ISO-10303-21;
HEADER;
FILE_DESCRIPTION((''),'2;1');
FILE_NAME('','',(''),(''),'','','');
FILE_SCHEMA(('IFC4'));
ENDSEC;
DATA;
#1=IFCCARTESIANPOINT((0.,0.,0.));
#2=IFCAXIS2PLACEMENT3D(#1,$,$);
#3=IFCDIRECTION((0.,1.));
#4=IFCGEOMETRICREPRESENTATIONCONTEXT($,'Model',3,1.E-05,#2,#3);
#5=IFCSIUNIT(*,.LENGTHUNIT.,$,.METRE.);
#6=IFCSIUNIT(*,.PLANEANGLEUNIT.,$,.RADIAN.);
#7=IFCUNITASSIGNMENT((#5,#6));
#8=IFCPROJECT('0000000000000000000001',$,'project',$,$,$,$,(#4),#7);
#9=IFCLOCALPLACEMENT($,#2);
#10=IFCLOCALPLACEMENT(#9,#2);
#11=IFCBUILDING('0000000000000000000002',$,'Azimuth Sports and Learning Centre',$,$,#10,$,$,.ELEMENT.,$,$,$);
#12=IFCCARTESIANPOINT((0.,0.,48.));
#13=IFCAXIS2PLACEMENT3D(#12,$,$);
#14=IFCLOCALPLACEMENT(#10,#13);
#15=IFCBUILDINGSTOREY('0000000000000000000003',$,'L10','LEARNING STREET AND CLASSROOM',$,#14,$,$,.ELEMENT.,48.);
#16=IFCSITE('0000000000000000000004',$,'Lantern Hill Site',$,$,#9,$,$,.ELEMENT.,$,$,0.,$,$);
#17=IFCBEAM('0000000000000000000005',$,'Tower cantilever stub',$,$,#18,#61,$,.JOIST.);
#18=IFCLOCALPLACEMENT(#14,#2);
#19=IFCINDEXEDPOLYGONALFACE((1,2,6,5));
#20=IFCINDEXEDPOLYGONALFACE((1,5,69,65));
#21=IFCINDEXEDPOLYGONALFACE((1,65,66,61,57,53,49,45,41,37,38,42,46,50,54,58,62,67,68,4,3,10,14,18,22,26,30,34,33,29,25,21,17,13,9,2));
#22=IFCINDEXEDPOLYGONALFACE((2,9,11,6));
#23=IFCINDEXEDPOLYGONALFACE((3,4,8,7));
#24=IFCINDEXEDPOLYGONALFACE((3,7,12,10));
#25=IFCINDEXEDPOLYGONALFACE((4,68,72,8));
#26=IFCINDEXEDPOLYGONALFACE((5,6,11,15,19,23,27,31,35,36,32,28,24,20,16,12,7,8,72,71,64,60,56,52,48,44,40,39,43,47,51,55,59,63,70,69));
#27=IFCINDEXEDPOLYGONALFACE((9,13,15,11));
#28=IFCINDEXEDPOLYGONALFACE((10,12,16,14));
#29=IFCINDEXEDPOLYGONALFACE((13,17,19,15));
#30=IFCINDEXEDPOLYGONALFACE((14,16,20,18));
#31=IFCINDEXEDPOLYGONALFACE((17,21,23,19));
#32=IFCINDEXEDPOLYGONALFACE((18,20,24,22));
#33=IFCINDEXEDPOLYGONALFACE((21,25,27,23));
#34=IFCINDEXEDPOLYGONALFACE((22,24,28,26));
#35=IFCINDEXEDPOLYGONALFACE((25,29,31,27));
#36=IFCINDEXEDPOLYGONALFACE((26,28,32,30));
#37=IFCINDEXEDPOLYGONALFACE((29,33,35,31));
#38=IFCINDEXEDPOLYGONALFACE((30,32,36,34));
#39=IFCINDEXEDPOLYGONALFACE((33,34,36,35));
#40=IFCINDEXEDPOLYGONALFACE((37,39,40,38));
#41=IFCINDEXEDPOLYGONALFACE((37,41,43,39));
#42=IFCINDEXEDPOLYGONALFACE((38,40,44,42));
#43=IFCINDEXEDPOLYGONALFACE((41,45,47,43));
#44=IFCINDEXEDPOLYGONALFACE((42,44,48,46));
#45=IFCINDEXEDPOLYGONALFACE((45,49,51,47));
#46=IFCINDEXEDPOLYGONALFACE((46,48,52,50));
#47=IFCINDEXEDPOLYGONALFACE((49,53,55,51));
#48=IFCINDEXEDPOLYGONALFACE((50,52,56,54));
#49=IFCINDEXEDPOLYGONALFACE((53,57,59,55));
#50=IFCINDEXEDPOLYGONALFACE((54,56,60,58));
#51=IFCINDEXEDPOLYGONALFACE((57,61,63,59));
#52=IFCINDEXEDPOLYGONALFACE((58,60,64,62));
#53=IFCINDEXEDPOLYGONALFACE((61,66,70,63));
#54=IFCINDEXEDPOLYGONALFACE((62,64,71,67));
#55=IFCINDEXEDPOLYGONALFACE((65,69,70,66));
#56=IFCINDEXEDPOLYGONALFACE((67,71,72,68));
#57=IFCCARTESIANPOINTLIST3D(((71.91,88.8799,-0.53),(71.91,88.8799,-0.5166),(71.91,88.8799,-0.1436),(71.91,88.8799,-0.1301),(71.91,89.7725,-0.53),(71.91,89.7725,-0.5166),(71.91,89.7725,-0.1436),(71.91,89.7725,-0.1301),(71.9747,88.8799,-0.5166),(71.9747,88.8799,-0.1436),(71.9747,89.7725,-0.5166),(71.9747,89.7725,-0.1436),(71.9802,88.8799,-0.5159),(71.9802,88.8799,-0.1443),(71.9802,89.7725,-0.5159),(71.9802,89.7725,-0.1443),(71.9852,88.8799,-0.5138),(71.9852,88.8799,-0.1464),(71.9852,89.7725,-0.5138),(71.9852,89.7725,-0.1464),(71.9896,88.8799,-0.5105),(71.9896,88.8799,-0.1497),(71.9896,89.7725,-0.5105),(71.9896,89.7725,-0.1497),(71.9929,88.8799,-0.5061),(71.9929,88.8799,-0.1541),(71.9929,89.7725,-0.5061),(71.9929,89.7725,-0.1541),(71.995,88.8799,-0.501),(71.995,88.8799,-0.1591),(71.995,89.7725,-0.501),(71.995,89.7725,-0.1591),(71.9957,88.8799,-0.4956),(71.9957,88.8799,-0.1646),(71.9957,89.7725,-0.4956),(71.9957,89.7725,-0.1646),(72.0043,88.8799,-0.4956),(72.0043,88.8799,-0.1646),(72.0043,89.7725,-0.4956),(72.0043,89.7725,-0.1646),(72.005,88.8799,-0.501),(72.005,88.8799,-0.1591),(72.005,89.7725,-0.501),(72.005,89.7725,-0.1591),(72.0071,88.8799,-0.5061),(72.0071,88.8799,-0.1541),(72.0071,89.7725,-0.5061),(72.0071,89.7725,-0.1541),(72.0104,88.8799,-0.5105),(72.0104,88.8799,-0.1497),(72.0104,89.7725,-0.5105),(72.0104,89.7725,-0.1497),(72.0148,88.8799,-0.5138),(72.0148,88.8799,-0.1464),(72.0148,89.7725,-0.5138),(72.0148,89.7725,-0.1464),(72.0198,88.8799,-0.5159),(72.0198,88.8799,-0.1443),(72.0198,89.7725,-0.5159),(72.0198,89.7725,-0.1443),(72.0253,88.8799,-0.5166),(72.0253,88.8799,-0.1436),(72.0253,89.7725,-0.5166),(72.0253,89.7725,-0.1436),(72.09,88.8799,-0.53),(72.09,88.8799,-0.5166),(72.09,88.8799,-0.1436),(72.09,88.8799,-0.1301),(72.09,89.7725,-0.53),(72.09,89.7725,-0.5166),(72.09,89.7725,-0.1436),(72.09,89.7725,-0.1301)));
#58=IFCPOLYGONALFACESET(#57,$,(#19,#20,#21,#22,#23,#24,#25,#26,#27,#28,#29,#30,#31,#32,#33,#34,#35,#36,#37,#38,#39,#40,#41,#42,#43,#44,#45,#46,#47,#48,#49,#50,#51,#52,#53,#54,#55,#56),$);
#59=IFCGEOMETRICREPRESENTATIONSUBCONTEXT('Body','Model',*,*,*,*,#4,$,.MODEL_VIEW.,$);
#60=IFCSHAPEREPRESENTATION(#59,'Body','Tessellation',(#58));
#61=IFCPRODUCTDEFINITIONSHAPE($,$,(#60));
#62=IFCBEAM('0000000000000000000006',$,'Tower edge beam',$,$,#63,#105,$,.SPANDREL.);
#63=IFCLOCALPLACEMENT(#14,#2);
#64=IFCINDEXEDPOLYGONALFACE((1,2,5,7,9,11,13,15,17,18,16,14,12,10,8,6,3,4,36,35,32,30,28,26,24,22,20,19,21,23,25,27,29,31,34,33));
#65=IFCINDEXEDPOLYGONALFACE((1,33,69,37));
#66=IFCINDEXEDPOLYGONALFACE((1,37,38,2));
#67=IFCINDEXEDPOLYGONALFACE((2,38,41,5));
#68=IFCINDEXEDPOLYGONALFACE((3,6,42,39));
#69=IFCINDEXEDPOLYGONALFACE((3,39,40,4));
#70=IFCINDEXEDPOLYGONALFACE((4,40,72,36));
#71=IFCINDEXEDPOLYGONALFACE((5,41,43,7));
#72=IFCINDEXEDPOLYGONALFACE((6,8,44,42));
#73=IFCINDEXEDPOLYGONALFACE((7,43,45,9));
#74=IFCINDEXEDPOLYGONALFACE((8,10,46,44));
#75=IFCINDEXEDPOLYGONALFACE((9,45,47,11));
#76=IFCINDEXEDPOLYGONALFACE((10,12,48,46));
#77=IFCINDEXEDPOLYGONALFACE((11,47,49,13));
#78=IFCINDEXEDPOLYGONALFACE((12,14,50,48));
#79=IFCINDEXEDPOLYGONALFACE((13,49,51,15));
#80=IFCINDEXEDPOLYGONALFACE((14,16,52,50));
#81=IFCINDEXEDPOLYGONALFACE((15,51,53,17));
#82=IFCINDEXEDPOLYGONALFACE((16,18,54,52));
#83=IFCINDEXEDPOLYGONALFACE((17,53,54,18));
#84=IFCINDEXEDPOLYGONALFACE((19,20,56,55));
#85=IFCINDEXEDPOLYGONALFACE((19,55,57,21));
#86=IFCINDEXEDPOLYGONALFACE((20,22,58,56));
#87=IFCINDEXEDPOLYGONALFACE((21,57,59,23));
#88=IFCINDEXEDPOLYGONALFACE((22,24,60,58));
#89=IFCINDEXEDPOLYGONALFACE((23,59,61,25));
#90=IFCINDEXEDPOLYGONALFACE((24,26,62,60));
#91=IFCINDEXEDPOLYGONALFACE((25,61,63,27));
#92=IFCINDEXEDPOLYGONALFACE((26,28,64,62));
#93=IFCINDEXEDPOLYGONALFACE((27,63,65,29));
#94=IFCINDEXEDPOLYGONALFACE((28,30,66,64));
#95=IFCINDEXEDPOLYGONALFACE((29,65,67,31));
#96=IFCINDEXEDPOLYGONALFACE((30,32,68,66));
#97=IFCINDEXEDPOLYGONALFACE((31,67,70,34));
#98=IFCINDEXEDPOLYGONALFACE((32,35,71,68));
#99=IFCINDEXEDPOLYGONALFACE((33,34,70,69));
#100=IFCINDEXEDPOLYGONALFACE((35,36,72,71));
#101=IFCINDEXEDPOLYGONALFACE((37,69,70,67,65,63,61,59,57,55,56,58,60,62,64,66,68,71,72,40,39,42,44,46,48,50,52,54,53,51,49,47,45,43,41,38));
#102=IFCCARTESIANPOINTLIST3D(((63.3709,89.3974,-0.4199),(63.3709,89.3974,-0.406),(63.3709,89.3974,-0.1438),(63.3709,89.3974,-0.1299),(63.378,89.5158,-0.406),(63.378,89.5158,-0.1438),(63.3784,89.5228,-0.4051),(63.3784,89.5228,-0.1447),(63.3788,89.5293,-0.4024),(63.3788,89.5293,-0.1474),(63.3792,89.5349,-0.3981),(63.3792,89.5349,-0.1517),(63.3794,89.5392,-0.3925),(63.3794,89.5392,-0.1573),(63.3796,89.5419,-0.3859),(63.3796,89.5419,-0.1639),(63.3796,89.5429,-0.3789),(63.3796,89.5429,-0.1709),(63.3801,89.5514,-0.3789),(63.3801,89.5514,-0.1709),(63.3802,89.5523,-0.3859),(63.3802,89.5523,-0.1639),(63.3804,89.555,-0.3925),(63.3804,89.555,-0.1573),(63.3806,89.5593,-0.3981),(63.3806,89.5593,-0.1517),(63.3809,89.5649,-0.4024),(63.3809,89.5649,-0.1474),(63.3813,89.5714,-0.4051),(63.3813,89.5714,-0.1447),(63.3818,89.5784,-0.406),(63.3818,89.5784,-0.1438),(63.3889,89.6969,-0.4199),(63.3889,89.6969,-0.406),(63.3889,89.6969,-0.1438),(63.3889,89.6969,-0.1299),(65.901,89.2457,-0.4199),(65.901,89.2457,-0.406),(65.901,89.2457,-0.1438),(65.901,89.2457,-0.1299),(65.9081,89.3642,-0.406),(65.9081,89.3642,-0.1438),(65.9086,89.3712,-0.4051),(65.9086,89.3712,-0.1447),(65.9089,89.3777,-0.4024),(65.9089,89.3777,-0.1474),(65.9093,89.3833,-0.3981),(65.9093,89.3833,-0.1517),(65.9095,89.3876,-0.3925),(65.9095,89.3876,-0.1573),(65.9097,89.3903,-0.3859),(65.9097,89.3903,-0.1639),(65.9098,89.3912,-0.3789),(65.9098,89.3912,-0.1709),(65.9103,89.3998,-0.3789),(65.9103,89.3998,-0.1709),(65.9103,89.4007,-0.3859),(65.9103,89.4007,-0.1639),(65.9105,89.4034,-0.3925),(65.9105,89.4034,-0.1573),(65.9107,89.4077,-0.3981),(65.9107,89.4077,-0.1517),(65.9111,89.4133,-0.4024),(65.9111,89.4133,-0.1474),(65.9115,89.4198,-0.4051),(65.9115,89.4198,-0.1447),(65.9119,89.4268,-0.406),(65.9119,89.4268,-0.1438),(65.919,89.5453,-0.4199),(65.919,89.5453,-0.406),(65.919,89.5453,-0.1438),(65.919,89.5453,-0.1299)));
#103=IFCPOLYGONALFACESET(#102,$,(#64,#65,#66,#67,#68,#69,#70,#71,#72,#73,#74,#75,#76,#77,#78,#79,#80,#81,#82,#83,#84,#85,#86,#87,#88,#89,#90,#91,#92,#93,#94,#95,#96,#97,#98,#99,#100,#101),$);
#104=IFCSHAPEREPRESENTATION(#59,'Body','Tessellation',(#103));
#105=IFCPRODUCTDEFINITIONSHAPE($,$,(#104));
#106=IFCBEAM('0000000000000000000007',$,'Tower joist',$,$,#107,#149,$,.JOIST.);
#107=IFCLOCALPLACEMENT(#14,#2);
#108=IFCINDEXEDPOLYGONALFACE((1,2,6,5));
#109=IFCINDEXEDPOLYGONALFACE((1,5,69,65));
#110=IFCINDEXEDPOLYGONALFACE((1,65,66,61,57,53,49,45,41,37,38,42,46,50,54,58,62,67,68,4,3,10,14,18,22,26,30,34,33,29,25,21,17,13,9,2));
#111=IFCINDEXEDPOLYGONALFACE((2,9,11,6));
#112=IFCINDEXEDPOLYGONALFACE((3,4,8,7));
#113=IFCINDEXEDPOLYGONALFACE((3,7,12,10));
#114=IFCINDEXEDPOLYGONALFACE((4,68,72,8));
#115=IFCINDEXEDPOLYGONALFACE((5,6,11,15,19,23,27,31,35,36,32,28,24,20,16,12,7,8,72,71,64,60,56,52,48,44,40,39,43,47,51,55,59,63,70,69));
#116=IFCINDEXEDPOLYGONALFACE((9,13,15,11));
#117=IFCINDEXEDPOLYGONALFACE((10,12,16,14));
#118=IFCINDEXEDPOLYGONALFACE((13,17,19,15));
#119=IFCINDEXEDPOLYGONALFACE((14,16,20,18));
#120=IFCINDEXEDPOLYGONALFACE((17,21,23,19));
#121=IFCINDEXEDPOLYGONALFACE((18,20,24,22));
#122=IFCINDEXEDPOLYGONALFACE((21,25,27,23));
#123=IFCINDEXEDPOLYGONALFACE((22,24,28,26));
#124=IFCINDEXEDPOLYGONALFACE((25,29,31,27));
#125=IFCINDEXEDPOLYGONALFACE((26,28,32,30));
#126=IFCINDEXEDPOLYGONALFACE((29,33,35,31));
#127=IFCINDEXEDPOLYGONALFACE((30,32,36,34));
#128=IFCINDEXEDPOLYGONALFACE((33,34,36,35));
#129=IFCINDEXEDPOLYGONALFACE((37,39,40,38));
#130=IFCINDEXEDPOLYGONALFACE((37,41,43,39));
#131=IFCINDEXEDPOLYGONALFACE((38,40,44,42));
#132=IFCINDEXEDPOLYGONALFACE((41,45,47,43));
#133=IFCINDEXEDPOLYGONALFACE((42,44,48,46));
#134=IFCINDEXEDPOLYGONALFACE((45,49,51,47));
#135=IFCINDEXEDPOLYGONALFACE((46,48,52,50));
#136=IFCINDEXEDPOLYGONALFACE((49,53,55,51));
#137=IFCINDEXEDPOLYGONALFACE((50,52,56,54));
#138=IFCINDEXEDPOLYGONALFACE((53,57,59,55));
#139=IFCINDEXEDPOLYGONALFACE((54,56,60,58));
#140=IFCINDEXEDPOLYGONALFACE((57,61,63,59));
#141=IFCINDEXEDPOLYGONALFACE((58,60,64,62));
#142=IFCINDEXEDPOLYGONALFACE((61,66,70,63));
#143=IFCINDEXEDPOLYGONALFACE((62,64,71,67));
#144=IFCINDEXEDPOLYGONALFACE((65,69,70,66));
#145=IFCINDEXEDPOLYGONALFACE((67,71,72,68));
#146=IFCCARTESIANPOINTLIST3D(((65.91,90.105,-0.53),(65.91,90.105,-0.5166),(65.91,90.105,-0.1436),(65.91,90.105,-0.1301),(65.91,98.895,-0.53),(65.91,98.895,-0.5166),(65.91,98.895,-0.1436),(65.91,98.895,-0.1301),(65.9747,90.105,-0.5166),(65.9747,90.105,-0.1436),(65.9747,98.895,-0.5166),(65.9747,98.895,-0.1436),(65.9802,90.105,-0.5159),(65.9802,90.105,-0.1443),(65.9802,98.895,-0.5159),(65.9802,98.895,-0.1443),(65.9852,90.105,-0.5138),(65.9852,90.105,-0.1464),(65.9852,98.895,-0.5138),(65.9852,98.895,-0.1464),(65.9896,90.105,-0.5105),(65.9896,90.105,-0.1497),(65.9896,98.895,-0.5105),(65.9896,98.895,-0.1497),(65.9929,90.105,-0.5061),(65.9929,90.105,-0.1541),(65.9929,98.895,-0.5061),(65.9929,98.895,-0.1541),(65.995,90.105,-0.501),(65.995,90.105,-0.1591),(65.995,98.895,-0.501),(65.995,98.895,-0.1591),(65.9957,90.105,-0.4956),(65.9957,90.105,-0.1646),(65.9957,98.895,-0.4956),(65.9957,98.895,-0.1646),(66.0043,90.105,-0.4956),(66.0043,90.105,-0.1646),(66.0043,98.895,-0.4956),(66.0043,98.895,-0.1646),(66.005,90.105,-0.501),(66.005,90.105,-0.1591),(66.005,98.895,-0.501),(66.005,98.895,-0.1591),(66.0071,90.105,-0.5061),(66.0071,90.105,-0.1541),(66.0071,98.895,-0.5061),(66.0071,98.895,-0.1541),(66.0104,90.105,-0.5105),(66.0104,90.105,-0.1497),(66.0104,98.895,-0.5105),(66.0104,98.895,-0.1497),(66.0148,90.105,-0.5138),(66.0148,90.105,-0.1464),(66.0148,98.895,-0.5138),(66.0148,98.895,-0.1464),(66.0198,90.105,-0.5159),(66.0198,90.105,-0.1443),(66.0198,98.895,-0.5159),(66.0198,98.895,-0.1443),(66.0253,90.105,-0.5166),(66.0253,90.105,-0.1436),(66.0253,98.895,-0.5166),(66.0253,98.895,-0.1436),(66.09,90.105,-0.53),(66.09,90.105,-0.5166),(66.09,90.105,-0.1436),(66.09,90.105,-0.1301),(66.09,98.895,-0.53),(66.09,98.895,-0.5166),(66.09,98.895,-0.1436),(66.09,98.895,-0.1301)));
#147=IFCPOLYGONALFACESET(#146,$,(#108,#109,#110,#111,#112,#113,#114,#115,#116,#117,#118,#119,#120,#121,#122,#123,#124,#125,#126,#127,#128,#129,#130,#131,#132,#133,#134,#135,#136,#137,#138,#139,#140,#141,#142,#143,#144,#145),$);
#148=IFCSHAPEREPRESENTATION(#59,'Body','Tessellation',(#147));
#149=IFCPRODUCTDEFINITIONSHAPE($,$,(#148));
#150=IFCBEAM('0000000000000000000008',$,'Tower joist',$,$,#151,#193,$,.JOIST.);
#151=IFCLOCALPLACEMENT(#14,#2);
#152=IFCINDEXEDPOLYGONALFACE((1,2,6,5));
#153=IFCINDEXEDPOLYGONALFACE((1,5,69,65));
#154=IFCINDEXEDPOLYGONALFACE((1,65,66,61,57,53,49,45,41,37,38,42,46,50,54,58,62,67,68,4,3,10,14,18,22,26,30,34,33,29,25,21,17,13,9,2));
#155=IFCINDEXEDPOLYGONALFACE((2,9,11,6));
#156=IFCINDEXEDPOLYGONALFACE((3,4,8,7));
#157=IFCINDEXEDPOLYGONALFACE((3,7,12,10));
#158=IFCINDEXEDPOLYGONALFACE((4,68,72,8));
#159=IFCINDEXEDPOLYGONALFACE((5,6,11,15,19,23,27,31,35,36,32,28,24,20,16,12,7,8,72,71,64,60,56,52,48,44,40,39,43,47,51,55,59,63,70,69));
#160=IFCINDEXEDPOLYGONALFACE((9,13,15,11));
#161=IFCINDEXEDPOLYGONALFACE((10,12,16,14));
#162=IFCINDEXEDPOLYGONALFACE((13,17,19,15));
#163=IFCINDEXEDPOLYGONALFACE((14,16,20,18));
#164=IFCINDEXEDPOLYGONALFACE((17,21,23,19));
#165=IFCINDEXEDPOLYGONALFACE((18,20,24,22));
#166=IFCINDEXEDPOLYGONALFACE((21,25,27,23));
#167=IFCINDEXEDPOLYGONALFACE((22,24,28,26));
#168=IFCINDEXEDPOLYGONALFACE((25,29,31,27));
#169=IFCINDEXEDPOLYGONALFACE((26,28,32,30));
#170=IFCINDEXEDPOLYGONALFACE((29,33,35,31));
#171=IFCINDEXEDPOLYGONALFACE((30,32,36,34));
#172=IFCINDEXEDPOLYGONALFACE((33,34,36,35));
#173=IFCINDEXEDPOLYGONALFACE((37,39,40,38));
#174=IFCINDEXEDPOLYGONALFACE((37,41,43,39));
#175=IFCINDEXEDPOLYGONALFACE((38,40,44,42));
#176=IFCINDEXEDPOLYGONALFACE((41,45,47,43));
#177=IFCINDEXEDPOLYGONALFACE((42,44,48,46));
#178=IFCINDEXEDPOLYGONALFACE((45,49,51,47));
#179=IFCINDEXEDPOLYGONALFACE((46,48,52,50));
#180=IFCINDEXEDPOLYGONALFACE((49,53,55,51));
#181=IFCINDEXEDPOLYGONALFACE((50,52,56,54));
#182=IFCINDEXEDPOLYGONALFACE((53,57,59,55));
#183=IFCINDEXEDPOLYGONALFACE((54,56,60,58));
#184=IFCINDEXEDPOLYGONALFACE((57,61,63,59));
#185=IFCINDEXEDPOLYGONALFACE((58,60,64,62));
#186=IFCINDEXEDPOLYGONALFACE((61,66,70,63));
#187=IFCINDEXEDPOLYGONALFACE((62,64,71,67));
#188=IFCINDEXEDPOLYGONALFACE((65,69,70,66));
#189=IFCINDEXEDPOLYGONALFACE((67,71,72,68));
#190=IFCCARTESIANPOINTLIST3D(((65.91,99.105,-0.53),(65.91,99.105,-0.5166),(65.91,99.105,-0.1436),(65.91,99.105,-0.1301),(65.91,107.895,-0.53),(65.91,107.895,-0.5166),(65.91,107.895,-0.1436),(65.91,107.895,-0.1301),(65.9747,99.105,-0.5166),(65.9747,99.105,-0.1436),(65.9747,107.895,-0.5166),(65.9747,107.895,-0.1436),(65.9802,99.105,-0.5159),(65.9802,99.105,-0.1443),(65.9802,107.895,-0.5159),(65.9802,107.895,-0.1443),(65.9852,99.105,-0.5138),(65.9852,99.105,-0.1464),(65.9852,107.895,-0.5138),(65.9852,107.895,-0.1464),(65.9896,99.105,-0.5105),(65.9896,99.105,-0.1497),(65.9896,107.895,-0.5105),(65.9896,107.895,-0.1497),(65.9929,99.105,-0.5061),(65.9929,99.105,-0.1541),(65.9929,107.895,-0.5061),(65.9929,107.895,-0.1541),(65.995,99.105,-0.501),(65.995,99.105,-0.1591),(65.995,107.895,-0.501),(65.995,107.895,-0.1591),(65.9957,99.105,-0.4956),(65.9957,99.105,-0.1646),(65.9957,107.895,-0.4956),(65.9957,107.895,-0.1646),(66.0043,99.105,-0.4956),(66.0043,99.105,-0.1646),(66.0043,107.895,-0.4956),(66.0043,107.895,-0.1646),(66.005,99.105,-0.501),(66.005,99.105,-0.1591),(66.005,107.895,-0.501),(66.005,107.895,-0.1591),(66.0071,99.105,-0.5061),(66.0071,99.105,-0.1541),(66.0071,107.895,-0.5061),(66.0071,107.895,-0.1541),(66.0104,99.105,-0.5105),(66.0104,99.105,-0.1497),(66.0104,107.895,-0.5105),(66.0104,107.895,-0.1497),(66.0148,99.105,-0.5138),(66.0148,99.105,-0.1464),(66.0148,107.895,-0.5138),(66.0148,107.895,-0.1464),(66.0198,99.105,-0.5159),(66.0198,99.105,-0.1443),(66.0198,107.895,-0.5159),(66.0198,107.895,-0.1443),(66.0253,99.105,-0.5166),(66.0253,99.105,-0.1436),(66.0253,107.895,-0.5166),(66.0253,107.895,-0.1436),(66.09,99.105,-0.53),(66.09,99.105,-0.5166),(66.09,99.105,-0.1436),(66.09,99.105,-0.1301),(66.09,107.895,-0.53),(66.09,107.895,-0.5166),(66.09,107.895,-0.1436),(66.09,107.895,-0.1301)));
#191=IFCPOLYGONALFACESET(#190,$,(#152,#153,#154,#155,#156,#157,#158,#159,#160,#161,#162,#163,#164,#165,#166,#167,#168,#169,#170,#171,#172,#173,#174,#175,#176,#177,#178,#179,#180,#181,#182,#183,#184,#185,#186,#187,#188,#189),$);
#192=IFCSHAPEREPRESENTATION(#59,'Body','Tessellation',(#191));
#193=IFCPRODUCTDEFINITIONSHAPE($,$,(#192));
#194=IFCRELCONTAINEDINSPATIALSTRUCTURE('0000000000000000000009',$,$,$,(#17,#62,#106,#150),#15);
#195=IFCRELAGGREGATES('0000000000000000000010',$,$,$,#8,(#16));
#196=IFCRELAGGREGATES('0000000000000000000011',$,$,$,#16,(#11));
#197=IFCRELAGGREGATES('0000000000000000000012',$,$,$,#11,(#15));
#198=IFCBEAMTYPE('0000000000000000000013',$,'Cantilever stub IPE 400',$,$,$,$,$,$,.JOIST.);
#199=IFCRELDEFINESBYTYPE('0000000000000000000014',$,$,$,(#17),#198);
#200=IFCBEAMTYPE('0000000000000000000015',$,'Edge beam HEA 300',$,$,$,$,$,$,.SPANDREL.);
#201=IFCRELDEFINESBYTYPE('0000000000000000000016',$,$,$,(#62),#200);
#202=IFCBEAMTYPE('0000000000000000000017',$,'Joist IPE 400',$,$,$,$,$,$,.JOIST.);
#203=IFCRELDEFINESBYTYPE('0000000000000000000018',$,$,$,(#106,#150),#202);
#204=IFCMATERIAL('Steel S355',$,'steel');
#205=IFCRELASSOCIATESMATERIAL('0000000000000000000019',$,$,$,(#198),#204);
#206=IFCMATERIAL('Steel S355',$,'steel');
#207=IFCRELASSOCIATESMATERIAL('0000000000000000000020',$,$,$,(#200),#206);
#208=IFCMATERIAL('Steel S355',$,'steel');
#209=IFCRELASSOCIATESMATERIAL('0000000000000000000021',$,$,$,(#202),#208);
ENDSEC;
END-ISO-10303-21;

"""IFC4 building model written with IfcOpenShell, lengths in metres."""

from ifc_helpers import new_model, si_unit, direction, frame, origin, origin_2d, place, context, subcontext, project, spatial, i_section, extrude, material, material_profile, profile_set, type_object, element, save


model = new_model("IFC4")

# Units and contexts
model_context = context("Model", 3, precision=1e-05, world=origin(), true_north=direction((0.0, 1.0)))
body_context = subcontext(model_context, "Body", "Model", "MODEL_VIEW")
ifc_project = project(units=[si_unit("LENGTHUNIT", "METRE"), si_unit("PLANEANGLEUNIT", "RADIAN")], contexts=[model_context])

# Site, building, storey
site_placement = place(None, origin())
site = spatial("IfcSite", under=ifc_project, at=site_placement, Name="Lantern Hill Site", CompositionType="ELEMENT", RefElevation=0.0)
building_placement = place(site_placement, origin())
building = spatial("IfcBuilding", under=site, at=building_placement, Name="Azimuth Sports and Learning Centre", CompositionType="ELEMENT")
storey_placement = place(building_placement, frame((0.0, 0.0, 48.0)))
storey = spatial("IfcBuildingStorey", under=building, at=storey_placement, Name="L10", Description="LEARNING STREET AND CLASSROOM", CompositionType="ELEMENT", Elevation=48.0)

# Beams
ifc_material_1 = material(Name="Steel S355", Category="steel")
ifc_material_profile_1 = material_profile(ifc_material_1, i_section(OverallWidth=0.1799, OverallDepth=0.3999, WebThickness=0.0085, FlangeThickness=0.0134, FilletRadius=0.021, at=origin_2d()), Name="IPE 400")
ifc_profile_set_1 = profile_set([ifc_material_profile_1], Name="Steel S355")
beam_type_1 = type_object("IfcBeamType", Name="Cantilever stub IPE 400", PredefinedType="JOIST", material=ifc_profile_set_1)
beam_1_placement = place(storey_placement, frame((72.0, 89.7725, -0.3301), z_axis=(0.0, -1.0, 0.0), x_axis=(1.0, 0.0, 0.0)))
element("IfcBeam", 1, at=beam_1_placement, inside=storey, type_object=beam_type_1, Name="Tower cantilever stub", PredefinedType="JOIST", context=body_context, shape_type="SweptSolid", body=[
    extrude(i_section(OverallWidth=0.1799, OverallDepth=0.3999, WebThickness=0.0085, FlangeThickness=0.0134, FilletRadius=0.021, at=origin_2d()), origin(), (0.0, 0.0, 1.0), 0.8926),
])
ifc_material_2 = material(Name="Steel S355", Category="steel")
ifc_material_profile_2 = material_profile(ifc_material_2, i_section(OverallWidth=0.3, OverallDepth=0.29, WebThickness=0.0085, FlangeThickness=0.0139, FilletRadius=0.0271, at=origin_2d()), Name="HEA 300")
ifc_profile_set_2 = profile_set([ifc_material_profile_2], Name="Steel S355")
beam_type_2 = type_object("IfcBeamType", Name="Edge beam HEA 300", PredefinedType="SPANDREL", material=ifc_profile_set_2)
beam_2_placement = place(storey_placement, frame((63.3799, 89.5471, -0.2749), z_axis=(0.998209, -0.059817, 0.0), x_axis=(0.059817, 0.998209, 0.0)))
element("IfcBeam", 2, at=beam_2_placement, inside=storey, type_object=beam_type_2, Name="Tower edge beam", PredefinedType="SPANDREL", context=body_context, shape_type="SweptSolid", body=[
    extrude(i_section(OverallWidth=0.3, OverallDepth=0.29, WebThickness=0.0085, FlangeThickness=0.0139, FilletRadius=0.0271, at=origin_2d()), origin(), (0.0, 0.0, 1.0), 2.5347),
])
ifc_material_3 = material(Name="Steel S355", Category="steel")
ifc_material_profile_3 = material_profile(ifc_material_3, i_section(OverallWidth=0.1799, OverallDepth=0.3999, WebThickness=0.0085, FlangeThickness=0.0134, FilletRadius=0.021, at=origin_2d()), Name="IPE 400")
ifc_profile_set_3 = profile_set([ifc_material_profile_3], Name="Steel S355")
beam_type_3 = type_object("IfcBeamType", Name="Joist IPE 400", PredefinedType="JOIST", material=ifc_profile_set_3)
for number, where, z_axis, x_axis, name in (
    (3, (66.0, 90.105, -0.3301), (0.0, 1.0, 0.0), (-1.0, 0.0, 0.0), "Tower joist"),
    (4, (66.0, 99.105, -0.3301), (0.0, 1.0, 0.0), (-1.0, 0.0, 0.0), "Tower joist"),
):
    element("IfcBeam", number, at=place(storey_placement, frame(where, z_axis=z_axis, x_axis=x_axis)), inside=storey, type_object=beam_type_3, Name=name, PredefinedType="JOIST", context=body_context, shape_type="SweptSolid", body=[
        extrude(i_section(OverallWidth=0.1799, OverallDepth=0.3999, WebThickness=0.0085, FlangeThickness=0.0134, FilletRadius=0.021, at=origin_2d()), origin(), (0.0, 0.0, 1.0), 8.79),
    ])

save(model, "model.ifc")
